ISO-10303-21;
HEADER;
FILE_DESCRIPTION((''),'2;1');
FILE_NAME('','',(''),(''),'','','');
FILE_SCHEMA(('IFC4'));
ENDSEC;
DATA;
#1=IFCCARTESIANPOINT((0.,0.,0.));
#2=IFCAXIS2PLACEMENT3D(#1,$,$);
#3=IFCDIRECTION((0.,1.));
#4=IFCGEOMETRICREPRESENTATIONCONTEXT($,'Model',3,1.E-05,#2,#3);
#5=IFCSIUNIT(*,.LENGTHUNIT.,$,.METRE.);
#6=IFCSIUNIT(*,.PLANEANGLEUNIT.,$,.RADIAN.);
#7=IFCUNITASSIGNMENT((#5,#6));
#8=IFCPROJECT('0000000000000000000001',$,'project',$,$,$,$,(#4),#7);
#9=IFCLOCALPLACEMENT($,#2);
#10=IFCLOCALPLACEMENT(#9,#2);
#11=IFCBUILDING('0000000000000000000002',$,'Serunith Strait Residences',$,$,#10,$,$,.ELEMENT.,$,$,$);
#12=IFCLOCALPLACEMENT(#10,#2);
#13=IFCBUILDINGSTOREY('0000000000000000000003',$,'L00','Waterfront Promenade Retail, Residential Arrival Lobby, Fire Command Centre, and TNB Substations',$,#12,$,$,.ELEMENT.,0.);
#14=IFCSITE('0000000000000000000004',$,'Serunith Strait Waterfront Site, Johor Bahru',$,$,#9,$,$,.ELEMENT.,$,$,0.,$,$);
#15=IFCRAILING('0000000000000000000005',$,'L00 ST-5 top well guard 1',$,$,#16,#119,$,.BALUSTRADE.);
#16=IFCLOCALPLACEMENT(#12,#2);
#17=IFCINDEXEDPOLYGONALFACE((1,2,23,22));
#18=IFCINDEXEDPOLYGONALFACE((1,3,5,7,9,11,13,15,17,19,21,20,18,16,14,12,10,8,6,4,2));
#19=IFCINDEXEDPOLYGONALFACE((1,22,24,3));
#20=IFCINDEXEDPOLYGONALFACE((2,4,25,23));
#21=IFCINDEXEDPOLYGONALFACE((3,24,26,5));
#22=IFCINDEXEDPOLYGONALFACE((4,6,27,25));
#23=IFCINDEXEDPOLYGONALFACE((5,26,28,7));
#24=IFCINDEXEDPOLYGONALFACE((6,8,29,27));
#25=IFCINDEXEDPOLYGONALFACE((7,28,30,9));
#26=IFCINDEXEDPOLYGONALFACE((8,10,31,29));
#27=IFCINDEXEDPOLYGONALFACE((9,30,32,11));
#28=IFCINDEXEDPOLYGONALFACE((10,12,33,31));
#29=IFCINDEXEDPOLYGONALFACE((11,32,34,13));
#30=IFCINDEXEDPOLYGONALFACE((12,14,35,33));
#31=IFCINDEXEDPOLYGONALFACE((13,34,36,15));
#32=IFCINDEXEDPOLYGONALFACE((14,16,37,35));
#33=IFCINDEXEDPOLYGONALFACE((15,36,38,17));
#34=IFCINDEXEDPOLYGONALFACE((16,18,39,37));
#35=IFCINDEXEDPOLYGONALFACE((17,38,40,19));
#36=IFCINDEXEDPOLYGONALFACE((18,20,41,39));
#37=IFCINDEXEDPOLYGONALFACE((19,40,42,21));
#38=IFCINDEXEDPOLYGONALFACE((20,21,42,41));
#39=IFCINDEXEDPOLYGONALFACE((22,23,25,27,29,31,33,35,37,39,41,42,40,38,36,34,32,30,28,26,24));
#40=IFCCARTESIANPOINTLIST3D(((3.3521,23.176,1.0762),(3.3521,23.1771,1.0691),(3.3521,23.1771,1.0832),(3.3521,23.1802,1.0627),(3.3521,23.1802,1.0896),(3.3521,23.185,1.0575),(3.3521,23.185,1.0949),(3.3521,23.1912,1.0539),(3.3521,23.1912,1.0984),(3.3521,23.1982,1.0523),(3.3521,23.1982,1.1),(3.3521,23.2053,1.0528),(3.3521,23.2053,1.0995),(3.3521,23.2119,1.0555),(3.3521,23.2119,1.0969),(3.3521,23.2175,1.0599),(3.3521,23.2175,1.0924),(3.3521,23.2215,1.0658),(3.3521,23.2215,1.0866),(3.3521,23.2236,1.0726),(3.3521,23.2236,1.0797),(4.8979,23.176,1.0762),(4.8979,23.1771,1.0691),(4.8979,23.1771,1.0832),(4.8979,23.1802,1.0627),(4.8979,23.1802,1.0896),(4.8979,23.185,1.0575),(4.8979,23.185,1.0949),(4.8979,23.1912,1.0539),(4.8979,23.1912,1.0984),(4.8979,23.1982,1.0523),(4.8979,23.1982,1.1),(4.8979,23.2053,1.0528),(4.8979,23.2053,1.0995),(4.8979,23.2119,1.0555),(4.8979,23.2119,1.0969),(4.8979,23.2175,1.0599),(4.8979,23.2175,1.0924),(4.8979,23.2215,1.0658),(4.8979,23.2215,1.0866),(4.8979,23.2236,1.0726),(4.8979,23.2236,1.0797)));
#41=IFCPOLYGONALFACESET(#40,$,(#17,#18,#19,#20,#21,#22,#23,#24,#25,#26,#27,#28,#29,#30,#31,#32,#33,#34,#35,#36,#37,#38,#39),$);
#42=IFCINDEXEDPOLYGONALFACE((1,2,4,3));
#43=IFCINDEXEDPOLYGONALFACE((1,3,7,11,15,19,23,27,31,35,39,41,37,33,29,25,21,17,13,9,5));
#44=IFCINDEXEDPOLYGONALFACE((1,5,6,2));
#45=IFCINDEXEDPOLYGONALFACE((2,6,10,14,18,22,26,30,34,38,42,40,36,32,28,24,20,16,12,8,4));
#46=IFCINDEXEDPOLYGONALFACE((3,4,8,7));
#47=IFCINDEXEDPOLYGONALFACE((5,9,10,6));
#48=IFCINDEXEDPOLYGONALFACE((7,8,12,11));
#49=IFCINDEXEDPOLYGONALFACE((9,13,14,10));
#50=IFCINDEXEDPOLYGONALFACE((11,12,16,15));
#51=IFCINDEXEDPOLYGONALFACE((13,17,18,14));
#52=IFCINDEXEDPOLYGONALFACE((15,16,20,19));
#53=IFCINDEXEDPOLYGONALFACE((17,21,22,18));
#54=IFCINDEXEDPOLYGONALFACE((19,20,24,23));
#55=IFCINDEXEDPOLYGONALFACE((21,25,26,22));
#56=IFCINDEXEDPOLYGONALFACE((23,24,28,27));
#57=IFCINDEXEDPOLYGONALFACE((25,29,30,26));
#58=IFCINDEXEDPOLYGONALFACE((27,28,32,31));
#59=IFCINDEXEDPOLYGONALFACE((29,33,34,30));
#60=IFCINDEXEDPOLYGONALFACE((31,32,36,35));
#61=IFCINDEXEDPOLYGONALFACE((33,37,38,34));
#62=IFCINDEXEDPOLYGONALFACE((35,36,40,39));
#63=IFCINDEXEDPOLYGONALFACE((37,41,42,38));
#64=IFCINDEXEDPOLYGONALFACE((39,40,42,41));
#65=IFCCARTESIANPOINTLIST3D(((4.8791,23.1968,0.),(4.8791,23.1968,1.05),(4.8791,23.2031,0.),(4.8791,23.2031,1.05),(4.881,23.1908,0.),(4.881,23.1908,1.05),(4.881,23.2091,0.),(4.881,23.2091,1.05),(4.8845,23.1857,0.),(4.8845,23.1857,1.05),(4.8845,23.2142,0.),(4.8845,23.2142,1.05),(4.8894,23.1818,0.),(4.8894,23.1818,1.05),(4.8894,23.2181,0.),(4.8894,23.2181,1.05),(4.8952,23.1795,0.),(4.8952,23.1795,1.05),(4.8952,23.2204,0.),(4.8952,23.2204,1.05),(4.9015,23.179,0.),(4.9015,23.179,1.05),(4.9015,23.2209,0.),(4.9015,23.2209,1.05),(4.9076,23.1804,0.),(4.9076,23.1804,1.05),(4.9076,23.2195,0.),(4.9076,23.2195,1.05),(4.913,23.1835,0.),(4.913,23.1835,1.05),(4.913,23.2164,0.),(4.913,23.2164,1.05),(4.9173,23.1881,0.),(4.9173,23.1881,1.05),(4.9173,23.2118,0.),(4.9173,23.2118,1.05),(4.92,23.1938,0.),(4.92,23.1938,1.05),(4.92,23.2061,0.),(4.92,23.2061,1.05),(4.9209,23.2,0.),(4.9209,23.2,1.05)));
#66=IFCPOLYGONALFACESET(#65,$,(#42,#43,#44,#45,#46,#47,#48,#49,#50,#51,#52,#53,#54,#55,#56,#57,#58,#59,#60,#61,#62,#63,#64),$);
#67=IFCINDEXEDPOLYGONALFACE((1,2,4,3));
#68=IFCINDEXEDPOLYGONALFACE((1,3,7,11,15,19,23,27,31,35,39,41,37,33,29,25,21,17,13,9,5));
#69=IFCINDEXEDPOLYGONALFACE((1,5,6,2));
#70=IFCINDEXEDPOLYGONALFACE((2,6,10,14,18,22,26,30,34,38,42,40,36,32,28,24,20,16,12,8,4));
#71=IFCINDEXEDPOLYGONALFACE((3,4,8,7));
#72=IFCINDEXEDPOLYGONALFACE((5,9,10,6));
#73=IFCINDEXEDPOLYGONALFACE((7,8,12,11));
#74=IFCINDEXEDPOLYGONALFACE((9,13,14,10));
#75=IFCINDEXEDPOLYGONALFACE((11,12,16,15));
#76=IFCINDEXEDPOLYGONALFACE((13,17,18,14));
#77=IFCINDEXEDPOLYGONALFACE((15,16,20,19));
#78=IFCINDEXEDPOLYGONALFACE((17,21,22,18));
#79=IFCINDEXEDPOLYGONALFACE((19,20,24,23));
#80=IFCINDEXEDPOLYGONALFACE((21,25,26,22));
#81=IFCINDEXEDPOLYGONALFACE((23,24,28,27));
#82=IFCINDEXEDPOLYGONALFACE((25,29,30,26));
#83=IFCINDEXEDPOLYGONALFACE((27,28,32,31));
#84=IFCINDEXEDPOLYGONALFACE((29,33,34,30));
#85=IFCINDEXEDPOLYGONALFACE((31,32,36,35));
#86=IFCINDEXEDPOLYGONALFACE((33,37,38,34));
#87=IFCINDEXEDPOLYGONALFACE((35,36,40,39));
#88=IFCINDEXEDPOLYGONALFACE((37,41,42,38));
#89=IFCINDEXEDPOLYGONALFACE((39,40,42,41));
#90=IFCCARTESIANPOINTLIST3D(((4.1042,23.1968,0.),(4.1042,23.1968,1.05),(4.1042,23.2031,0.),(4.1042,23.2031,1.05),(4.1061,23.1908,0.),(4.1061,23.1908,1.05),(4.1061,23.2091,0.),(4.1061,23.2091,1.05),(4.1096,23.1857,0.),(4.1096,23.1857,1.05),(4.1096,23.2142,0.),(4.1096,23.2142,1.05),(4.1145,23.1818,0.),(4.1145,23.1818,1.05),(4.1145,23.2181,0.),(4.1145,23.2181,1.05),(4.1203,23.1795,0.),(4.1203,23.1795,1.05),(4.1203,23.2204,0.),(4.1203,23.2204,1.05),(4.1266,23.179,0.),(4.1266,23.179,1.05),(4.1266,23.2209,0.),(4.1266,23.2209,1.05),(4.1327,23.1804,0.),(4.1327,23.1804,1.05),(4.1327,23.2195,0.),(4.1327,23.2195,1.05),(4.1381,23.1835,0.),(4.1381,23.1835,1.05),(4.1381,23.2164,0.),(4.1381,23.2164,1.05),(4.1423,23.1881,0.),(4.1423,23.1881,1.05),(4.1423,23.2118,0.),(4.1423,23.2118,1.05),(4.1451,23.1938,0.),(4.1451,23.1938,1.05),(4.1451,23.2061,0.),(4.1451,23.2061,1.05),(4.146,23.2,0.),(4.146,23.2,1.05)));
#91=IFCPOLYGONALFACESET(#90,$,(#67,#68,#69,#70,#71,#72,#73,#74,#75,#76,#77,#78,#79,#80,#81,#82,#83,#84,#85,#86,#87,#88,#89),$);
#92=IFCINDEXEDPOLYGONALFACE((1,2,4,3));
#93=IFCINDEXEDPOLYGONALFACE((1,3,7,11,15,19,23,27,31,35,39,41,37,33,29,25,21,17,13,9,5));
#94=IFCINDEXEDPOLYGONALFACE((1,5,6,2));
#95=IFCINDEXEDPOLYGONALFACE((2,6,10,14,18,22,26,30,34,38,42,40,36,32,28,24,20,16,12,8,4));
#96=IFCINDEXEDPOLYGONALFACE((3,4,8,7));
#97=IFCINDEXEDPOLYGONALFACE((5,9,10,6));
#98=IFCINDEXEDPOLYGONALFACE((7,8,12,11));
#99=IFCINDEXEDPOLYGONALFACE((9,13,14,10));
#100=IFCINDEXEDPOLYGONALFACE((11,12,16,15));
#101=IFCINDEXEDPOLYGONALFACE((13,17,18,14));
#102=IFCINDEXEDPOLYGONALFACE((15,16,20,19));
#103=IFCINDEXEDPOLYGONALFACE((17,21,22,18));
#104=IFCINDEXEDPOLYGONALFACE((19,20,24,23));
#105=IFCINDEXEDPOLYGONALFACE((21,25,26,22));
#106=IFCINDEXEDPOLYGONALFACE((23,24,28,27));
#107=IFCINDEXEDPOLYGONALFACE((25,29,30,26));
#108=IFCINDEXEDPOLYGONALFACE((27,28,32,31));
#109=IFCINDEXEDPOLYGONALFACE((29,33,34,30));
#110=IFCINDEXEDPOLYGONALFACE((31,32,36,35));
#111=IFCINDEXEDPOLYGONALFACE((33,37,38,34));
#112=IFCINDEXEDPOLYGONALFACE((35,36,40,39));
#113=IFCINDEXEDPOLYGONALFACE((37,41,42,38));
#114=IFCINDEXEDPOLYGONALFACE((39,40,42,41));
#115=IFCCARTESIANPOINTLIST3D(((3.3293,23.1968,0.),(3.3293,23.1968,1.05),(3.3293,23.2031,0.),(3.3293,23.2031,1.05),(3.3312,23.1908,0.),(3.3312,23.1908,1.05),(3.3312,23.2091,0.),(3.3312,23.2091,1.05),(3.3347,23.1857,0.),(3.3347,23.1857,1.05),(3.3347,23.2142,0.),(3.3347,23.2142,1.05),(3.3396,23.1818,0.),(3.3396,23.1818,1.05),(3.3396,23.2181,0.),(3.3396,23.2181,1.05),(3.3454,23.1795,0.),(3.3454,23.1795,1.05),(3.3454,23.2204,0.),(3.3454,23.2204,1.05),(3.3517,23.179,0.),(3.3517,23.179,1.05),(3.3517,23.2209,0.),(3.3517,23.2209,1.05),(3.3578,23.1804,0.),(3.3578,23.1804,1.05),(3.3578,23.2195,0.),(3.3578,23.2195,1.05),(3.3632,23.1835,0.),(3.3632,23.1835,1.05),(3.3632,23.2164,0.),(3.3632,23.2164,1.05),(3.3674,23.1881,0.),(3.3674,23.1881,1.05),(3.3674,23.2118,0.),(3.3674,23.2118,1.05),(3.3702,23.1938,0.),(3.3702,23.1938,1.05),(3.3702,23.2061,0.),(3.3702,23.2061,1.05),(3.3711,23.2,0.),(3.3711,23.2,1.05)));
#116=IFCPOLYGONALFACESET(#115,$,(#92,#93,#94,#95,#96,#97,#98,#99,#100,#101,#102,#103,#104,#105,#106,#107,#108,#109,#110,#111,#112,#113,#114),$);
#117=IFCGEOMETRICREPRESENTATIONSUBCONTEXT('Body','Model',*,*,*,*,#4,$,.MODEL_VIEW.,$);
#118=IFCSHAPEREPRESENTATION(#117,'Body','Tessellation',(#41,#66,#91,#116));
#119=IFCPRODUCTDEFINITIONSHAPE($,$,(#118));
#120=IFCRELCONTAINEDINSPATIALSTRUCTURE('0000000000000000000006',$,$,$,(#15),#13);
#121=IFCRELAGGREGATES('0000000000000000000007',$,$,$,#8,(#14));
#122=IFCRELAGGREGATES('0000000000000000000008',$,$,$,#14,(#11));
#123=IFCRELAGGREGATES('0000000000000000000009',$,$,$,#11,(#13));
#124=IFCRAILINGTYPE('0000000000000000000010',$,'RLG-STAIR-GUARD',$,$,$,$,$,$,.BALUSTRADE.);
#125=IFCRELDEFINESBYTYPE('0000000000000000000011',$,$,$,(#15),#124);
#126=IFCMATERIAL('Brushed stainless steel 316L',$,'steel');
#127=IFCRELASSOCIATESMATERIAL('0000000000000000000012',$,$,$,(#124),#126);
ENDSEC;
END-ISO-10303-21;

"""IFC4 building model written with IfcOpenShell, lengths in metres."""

from ifc_helpers import new_model, si_unit, direction, frame, origin, origin_2d, place, context, subcontext, project, spatial, circle, extrude, material, type_object, element, save


model = new_model("IFC4")

# Units and contexts
model_context = context("Model", 3, precision=1e-05, world=origin(), true_north=direction((0.0, 1.0)))
body_context = subcontext(model_context, "Body", "Model", "MODEL_VIEW")
ifc_project = project(units=[si_unit("LENGTHUNIT", "METRE"), si_unit("PLANEANGLEUNIT", "RADIAN")], contexts=[model_context])

# Site, building, storey
site_placement = place(None, origin())
site = spatial("IfcSite", under=ifc_project, at=site_placement, Name="Serunith Strait Waterfront Site, Johor Bahru", CompositionType="ELEMENT", RefElevation=0.0)
building_placement = place(site_placement, origin())
building = spatial("IfcBuilding", under=site, at=building_placement, Name="Serunith Strait Residences", CompositionType="ELEMENT")
storey_placement = place(building_placement, origin())
storey = spatial("IfcBuildingStorey", under=building, at=storey_placement, Name="L00", Description="Waterfront Promenade Retail, Residential Arrival Lobby, Fire Command Centre, and TNB Substations", CompositionType="ELEMENT", Elevation=0.0)

# Railing
ifc_material_1 = material(Name="Brushed stainless steel 316L", Category="steel")
railing_type = type_object("IfcRailingType", Name="RLG-STAIR-GUARD", PredefinedType="BALUSTRADE", material=ifc_material_1)
railing_placement = place(storey_placement, frame((4.8999, 23.2, 0.0)))
element("IfcRailing", 1, at=railing_placement, inside=storey, type_object=railing_type, Name="L00 ST-5 top well guard 1", PredefinedType="BALUSTRADE", context=body_context, shape_type="SweptSolid", body=[
    extrude(circle(Radius=0.0239, at=origin_2d()), frame((-0.002, 0.0, 1.0762), z_axis=(-1.0, 0.0, 0.0), x_axis=(0.0, -1.0, 0.0)), (0.0, 0.0, 1.0), 1.5459),
    extrude(circle(Radius=0.021, at=origin_2d()), origin(), (0.0, 0.0, 1.0), 1.05),
    extrude(circle(Radius=0.021, at=origin_2d()), frame((-0.7749, 0.0, 0.0)), (0.0, 0.0, 1.0), 1.05),
    extrude(circle(Radius=0.021, at=origin_2d()), frame((-1.5498, 0.0, 0.0)), (0.0, 0.0, 1.0), 1.05),
])

save(model, "model.ifc")
